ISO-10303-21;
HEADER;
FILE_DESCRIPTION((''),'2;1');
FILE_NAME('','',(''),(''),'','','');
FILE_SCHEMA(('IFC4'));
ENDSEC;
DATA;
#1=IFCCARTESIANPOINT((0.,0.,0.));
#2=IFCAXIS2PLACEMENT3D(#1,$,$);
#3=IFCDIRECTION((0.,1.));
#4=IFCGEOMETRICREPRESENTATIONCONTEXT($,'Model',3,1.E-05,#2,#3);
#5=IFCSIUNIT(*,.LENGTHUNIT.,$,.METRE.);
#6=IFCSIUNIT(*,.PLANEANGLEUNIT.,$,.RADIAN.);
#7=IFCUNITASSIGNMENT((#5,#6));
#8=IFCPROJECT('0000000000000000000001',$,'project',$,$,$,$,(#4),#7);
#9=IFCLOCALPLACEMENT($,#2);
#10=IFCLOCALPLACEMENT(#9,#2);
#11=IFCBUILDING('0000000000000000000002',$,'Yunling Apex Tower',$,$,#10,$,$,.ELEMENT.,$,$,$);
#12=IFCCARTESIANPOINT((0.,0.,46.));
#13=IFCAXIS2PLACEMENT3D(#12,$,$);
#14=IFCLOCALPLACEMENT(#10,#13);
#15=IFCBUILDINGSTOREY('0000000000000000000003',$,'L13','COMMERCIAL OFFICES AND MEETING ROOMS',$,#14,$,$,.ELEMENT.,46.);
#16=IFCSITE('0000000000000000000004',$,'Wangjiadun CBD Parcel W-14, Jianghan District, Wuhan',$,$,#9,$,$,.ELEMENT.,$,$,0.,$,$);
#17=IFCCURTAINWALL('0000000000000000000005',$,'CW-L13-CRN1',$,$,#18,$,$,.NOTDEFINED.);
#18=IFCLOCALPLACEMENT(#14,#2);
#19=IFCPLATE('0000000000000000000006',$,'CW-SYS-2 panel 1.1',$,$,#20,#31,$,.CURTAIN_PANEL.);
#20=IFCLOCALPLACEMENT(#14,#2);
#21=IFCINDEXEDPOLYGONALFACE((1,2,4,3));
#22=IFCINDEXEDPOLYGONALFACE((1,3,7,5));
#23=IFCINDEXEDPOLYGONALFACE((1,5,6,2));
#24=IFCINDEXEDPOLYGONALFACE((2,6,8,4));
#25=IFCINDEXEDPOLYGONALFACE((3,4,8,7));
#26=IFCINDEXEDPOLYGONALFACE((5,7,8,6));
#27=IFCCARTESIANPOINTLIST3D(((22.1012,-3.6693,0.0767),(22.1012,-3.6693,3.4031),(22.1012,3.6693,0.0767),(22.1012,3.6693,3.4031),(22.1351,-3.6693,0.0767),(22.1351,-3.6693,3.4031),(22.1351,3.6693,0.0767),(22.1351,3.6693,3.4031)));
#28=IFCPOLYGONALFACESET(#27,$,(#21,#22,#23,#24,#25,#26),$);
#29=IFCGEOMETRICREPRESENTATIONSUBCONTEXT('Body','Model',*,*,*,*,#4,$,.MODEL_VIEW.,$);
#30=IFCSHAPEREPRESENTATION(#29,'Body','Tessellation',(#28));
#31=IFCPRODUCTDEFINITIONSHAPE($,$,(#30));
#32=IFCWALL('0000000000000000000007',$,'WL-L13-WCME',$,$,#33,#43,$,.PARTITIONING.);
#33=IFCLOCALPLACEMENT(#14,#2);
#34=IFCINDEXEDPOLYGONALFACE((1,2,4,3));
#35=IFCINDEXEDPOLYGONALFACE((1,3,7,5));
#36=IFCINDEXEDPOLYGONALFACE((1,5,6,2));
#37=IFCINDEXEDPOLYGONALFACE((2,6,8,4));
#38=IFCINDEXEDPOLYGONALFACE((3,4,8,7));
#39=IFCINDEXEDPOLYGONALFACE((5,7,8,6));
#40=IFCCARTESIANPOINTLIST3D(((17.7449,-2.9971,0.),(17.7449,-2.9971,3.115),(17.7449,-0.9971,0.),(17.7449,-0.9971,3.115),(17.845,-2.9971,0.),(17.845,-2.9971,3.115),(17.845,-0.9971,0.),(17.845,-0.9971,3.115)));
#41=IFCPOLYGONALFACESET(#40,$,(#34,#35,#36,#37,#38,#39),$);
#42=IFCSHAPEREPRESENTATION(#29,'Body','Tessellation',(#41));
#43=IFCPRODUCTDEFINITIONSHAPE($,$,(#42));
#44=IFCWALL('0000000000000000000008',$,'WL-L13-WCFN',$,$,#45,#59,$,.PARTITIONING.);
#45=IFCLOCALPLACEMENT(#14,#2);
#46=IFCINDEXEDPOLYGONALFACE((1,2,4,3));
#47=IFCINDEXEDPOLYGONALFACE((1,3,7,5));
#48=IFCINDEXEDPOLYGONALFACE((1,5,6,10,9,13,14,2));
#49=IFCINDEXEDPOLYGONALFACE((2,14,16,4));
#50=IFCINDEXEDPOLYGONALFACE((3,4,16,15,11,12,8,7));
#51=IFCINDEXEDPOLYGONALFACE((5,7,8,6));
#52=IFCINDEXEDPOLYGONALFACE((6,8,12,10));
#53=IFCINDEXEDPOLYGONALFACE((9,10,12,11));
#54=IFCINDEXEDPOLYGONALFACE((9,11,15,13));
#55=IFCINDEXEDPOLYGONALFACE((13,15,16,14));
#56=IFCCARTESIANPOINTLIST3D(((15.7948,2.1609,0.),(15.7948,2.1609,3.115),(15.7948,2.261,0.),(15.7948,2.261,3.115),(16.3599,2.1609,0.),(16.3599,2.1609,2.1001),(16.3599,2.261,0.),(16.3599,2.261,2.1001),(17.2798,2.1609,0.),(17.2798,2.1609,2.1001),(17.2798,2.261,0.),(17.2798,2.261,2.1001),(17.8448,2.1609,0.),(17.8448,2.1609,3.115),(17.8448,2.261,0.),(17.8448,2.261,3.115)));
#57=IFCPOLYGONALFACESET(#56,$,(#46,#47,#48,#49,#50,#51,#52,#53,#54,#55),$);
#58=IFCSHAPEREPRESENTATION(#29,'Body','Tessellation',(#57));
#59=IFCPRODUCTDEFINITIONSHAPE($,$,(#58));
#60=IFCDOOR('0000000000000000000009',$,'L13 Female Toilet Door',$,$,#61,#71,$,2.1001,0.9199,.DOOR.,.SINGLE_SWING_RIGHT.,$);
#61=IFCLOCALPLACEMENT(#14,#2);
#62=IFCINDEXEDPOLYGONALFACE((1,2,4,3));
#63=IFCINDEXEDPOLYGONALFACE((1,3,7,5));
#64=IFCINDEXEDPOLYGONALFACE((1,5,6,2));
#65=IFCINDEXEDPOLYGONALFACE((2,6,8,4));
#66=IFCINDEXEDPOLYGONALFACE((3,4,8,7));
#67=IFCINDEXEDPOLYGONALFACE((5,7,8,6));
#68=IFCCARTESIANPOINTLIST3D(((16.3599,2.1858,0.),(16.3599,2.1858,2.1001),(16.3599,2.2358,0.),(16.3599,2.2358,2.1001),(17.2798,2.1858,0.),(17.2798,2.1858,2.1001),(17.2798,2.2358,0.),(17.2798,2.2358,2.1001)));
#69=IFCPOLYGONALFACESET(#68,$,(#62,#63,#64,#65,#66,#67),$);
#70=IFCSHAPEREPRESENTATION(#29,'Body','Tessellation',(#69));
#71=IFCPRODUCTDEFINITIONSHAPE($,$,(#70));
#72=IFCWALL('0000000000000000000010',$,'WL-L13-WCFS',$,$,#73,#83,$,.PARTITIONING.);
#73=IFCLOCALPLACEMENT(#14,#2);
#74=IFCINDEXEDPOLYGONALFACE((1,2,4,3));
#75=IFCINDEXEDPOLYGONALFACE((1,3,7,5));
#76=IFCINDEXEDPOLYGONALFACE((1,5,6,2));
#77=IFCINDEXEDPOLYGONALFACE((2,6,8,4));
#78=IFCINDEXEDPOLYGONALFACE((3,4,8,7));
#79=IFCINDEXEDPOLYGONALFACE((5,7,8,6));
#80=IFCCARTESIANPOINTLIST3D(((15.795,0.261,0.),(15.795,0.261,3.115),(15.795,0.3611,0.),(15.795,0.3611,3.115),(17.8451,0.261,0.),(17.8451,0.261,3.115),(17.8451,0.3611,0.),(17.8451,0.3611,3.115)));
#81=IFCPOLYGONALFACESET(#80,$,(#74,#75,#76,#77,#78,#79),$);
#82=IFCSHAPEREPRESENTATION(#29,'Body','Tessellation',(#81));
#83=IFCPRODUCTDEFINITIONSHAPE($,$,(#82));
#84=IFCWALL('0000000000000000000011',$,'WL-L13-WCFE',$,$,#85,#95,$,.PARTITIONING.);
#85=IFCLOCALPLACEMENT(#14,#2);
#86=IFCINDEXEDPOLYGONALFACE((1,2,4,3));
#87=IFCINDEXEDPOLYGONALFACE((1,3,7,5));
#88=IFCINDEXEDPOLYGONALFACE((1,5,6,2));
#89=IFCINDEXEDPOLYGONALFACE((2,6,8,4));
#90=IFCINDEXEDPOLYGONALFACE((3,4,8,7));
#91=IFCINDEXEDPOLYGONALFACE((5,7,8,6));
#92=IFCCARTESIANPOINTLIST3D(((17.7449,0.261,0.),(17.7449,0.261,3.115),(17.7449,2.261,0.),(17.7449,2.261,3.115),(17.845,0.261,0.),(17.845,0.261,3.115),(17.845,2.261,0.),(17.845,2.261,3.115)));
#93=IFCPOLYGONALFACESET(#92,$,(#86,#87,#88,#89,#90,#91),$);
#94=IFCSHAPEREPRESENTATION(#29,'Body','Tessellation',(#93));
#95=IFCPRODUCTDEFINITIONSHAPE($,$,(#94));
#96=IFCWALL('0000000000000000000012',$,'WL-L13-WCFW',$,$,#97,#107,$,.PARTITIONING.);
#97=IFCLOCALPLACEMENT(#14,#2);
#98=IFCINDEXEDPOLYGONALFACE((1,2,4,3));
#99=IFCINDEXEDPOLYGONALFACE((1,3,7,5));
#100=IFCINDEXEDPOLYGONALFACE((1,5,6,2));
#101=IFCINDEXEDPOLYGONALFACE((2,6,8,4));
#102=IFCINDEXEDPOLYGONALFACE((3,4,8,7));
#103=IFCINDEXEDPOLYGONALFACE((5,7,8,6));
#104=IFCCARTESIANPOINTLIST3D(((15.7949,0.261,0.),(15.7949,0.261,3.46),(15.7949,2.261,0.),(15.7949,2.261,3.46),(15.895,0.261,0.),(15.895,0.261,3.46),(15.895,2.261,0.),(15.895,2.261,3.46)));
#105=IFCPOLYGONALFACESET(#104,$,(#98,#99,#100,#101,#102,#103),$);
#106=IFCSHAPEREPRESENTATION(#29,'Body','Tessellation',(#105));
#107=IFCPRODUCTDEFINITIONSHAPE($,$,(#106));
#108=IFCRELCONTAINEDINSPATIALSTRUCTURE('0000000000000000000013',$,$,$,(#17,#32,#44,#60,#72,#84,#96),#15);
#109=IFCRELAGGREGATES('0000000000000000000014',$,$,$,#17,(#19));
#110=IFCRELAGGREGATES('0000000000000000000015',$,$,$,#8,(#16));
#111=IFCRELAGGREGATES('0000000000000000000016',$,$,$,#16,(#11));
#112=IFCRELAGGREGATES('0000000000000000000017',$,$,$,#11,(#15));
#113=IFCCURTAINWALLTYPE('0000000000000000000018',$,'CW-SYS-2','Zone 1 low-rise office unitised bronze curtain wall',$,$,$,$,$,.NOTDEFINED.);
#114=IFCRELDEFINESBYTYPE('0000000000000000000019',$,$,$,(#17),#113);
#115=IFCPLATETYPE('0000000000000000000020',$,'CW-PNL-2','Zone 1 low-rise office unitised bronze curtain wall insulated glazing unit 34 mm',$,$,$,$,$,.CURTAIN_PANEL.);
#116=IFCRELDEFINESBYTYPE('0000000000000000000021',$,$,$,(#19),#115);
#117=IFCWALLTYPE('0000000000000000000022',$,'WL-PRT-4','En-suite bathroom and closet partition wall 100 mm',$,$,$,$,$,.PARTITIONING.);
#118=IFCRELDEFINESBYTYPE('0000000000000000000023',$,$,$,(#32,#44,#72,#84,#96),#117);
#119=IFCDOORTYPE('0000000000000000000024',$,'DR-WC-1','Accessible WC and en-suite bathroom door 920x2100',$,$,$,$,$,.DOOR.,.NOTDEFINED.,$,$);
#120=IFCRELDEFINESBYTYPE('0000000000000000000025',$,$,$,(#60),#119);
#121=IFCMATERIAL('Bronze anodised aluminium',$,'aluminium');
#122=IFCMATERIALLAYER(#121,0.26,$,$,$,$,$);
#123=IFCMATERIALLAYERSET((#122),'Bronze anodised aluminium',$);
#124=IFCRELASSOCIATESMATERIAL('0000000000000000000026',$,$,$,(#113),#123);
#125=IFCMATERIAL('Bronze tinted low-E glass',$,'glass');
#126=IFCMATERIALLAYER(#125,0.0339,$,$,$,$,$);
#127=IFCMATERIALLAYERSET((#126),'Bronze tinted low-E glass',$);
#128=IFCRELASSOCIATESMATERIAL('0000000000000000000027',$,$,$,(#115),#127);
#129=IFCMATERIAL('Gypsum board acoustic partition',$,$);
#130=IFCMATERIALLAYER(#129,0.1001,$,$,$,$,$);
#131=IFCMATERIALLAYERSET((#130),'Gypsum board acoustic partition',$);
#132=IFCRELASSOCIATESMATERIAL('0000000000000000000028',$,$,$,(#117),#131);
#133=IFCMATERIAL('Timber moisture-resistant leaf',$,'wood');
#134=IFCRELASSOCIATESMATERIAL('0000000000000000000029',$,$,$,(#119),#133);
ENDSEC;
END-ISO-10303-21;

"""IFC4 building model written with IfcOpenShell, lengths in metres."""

from ifc_helpers import new_model, si_unit, direction, frame, frame_2d, origin, origin_2d, place, context, subcontext, project, spatial, rectangle, extrude, source, transform, mapped, material, layer, layer_set, type_object, element, fill, aggregate, save


model = new_model("IFC4")

# Units and contexts
model_context = context("Model", 3, precision=1e-05, world=origin(), true_north=direction((0.0, 1.0)))
body_context = subcontext(model_context, "Body", "Model", "MODEL_VIEW")
ifc_project = project(units=[si_unit("LENGTHUNIT", "METRE"), si_unit("PLANEANGLEUNIT", "RADIAN")], contexts=[model_context])

# Site, building, storey
site_placement = place(None, origin())
site = spatial("IfcSite", under=ifc_project, at=site_placement, Name="Wangjiadun CBD Parcel W-14, Jianghan District, Wuhan", CompositionType="ELEMENT", RefElevation=0.0)
building_placement = place(site_placement, origin())
building = spatial("IfcBuilding", under=site, at=building_placement, Name="Yunling Apex Tower", CompositionType="ELEMENT")
storey_placement = place(building_placement, frame((0.0, 0.0, 46.0)))
storey = spatial("IfcBuildingStorey", under=building, at=storey_placement, Name="L13", Description="COMMERCIAL OFFICES AND MEETING ROOMS", CompositionType="ELEMENT", Elevation=46.0)

# Shared definitions
ifc_material_1 = material(Name="Bronze anodised aluminium", Category="aluminium")
ifc_layer_1 = layer(ifc_material_1, 0.26)
ifc_layer_set_1 = layer_set([ifc_layer_1], Name="Bronze anodised aluminium")
curtain_wall_type = type_object("IfcCurtainWallType", Name="CW-SYS-2", Description="Zone 1 low-rise office unitised bronze curtain wall", PredefinedType="NOTDEFINED", material=ifc_layer_set_1)

# Curtain wall
curtain_wall_1_placement = place(storey_placement, origin())
curtain_wall_1 = element("IfcCurtainWall", 1, at=curtain_wall_1_placement, inside=storey, type_object=curtain_wall_type, Name="CW-L13-CRN1", PredefinedType="NOTDEFINED")

# Plate
ifc_material_2 = material(Name="Bronze tinted low-E glass", Category="glass")
ifc_layer_2 = layer(ifc_material_2, 0.0339)
ifc_layer_set_2 = layer_set([ifc_layer_2], Name="Bronze tinted low-E glass")
plate_type = type_object("IfcPlateType", Name="CW-PNL-2", Description="Zone 1 low-rise office unitised bronze curtain wall insulated glazing unit 34 mm", PredefinedType="CURTAIN_PANEL", material=ifc_layer_set_2)
shared_shape_1 = source(origin(), body_context, "Body", "SweptSolid", [
    extrude(rectangle(XDim=7.3386, YDim=0.0339, at=origin_2d()), origin(), (0.0, 0.0, 1.0), 3.3264),
])
plate_1_placement = place(storey_placement, frame((22.1182, 0.0, 0.0767), z_axis=(0.0, 0.0, 1.0), x_axis=(0.0, 1.0, 0.0)))
plate_1 = element("IfcPlate", 2, at=plate_1_placement, type_object=plate_type, Name="CW-SYS-2 panel 1.1", PredefinedType="CURTAIN_PANEL", context=body_context, shape_type="MappedRepresentation", body=[
    mapped(shared_shape_1, transform((0.0, 0.0, 0.0), scale=1.0)),
])
aggregate(curtain_wall_1, [plate_1])

# Wall
ifc_material_3 = material(Name="Gypsum board acoustic partition")
ifc_layer_3 = layer(ifc_material_3, 0.1001)
ifc_layer_set_3 = layer_set([ifc_layer_3], Name="Gypsum board acoustic partition")
wall_type = type_object("IfcWallType", Name="WL-PRT-4", Description="En-suite bathroom and closet partition wall 100 mm", PredefinedType="PARTITIONING", material=ifc_layer_set_3)
wall_1_placement = place(storey_placement, frame((17.7949, -0.9971, 0.0), z_axis=(0.0, 0.0, 1.0), x_axis=(0.0, -1.0, 0.0)))
element("IfcWall", 3, at=wall_1_placement, inside=storey, type_object=wall_type, Name="WL-L13-WCME", PredefinedType="PARTITIONING", context=body_context, shape_type="SweptSolid", body=[
    extrude(rectangle(XDim=2.0, YDim=0.1001, at=frame_2d((1.0, 0.0))), origin(), (0.0, 0.0, 1.0), 3.115),
])

# Wall, opening, door
wall_2_placement = place(storey_placement, frame((15.7949, 2.2109, 0.0), z_axis=(0.0, 0.0, 1.0), x_axis=(1.0, 0.0, 0.0)))
wall_2 = element("IfcWall", 4, at=wall_2_placement, inside=storey, type_object=wall_type, Name="WL-L13-WCFN", PredefinedType="PARTITIONING", context=body_context, shape_type="SweptSolid", body=[
    extrude(rectangle(XDim=2.05, YDim=0.1001, at=frame_2d((1.0249, 0.0))), origin(), (0.0, 0.0, 1.0), 3.115),
])
opening_placement = place(wall_2_placement, frame((0.5649, 0.0, 0.0)))
opening = element("IfcOpeningElement", 5, at=opening_placement, cuts=wall_2, PredefinedType="OPENING", context=body_context, shape_type="SweptSolid", body=[
    extrude(rectangle(XDim=0.9199, YDim=2.1001, at=frame_2d((0.46, 1.05))), frame((0.0, 0.0601, 0.0), z_axis=(0.0, -1.0, 0.0), x_axis=(1.0, 0.0, 0.0)), (0.0, 0.0, 1.0), 0.1201),
])
ifc_material_4 = material(Name="Timber moisture-resistant leaf", Category="wood")
door_type = type_object("IfcDoorType", Name="DR-WC-1", Description="Accessible WC and en-suite bathroom door 920x2100", OperationType="NOTDEFINED", PredefinedType="DOOR", material=ifc_material_4)
door_placement = place(opening_placement, origin())
door = element("IfcDoor", 6, at=door_placement, inside=storey, type_object=door_type, Name="L13 Female Toilet Door", OperationType="SINGLE_SWING_RIGHT", OverallHeight=2.1001, OverallWidth=0.9199, PredefinedType="DOOR", context=body_context, shape_type="SweptSolid", body=[
    extrude(rectangle(XDim=0.9199, YDim=2.1001, at=frame_2d((0.46, 1.05))), frame((0.0, 0.0249, 0.0), z_axis=(0.0, -1.0, 0.0), x_axis=(1.0, 0.0, 0.0)), (0.0, 0.0, 1.0), 0.05),
])
fill(opening, door)

# Walls
wall_3_placement = place(storey_placement, frame((17.845, 0.311, 0.0), z_axis=(0.0, 0.0, 1.0), x_axis=(-1.0, 0.0, 0.0)))
element("IfcWall", 7, at=wall_3_placement, inside=storey, type_object=wall_type, Name="WL-L13-WCFS", PredefinedType="PARTITIONING", context=body_context, shape_type="SweptSolid", body=[
    extrude(rectangle(XDim=2.05, YDim=0.1001, at=frame_2d((1.0249, 0.0))), origin(), (0.0, 0.0, 1.0), 3.115),
])
wall_4_placement = place(storey_placement, frame((17.7949, 2.261, 0.0), z_axis=(0.0, 0.0, 1.0), x_axis=(0.0, -1.0, 0.0)))
element("IfcWall", 8, at=wall_4_placement, inside=storey, type_object=wall_type, Name="WL-L13-WCFE", PredefinedType="PARTITIONING", context=body_context, shape_type="SweptSolid", body=[
    extrude(rectangle(XDim=2.0, YDim=0.1001, at=frame_2d((1.0, 0.0))), origin(), (0.0, 0.0, 1.0), 3.115),
])
wall_5_placement = place(storey_placement, frame((15.845, 0.261, 0.0), z_axis=(0.0, 0.0, 1.0), x_axis=(0.0, 1.0, 0.0)))
element("IfcWall", 9, at=wall_5_placement, inside=storey, type_object=wall_type, Name="WL-L13-WCFW", PredefinedType="PARTITIONING", context=body_context, shape_type="SweptSolid", body=[
    extrude(rectangle(XDim=2.0, YDim=0.1001, at=frame_2d((1.0, 0.0))), origin(), (0.0, 0.0, 1.0), 3.46),
])

save(model, "model.ifc")
